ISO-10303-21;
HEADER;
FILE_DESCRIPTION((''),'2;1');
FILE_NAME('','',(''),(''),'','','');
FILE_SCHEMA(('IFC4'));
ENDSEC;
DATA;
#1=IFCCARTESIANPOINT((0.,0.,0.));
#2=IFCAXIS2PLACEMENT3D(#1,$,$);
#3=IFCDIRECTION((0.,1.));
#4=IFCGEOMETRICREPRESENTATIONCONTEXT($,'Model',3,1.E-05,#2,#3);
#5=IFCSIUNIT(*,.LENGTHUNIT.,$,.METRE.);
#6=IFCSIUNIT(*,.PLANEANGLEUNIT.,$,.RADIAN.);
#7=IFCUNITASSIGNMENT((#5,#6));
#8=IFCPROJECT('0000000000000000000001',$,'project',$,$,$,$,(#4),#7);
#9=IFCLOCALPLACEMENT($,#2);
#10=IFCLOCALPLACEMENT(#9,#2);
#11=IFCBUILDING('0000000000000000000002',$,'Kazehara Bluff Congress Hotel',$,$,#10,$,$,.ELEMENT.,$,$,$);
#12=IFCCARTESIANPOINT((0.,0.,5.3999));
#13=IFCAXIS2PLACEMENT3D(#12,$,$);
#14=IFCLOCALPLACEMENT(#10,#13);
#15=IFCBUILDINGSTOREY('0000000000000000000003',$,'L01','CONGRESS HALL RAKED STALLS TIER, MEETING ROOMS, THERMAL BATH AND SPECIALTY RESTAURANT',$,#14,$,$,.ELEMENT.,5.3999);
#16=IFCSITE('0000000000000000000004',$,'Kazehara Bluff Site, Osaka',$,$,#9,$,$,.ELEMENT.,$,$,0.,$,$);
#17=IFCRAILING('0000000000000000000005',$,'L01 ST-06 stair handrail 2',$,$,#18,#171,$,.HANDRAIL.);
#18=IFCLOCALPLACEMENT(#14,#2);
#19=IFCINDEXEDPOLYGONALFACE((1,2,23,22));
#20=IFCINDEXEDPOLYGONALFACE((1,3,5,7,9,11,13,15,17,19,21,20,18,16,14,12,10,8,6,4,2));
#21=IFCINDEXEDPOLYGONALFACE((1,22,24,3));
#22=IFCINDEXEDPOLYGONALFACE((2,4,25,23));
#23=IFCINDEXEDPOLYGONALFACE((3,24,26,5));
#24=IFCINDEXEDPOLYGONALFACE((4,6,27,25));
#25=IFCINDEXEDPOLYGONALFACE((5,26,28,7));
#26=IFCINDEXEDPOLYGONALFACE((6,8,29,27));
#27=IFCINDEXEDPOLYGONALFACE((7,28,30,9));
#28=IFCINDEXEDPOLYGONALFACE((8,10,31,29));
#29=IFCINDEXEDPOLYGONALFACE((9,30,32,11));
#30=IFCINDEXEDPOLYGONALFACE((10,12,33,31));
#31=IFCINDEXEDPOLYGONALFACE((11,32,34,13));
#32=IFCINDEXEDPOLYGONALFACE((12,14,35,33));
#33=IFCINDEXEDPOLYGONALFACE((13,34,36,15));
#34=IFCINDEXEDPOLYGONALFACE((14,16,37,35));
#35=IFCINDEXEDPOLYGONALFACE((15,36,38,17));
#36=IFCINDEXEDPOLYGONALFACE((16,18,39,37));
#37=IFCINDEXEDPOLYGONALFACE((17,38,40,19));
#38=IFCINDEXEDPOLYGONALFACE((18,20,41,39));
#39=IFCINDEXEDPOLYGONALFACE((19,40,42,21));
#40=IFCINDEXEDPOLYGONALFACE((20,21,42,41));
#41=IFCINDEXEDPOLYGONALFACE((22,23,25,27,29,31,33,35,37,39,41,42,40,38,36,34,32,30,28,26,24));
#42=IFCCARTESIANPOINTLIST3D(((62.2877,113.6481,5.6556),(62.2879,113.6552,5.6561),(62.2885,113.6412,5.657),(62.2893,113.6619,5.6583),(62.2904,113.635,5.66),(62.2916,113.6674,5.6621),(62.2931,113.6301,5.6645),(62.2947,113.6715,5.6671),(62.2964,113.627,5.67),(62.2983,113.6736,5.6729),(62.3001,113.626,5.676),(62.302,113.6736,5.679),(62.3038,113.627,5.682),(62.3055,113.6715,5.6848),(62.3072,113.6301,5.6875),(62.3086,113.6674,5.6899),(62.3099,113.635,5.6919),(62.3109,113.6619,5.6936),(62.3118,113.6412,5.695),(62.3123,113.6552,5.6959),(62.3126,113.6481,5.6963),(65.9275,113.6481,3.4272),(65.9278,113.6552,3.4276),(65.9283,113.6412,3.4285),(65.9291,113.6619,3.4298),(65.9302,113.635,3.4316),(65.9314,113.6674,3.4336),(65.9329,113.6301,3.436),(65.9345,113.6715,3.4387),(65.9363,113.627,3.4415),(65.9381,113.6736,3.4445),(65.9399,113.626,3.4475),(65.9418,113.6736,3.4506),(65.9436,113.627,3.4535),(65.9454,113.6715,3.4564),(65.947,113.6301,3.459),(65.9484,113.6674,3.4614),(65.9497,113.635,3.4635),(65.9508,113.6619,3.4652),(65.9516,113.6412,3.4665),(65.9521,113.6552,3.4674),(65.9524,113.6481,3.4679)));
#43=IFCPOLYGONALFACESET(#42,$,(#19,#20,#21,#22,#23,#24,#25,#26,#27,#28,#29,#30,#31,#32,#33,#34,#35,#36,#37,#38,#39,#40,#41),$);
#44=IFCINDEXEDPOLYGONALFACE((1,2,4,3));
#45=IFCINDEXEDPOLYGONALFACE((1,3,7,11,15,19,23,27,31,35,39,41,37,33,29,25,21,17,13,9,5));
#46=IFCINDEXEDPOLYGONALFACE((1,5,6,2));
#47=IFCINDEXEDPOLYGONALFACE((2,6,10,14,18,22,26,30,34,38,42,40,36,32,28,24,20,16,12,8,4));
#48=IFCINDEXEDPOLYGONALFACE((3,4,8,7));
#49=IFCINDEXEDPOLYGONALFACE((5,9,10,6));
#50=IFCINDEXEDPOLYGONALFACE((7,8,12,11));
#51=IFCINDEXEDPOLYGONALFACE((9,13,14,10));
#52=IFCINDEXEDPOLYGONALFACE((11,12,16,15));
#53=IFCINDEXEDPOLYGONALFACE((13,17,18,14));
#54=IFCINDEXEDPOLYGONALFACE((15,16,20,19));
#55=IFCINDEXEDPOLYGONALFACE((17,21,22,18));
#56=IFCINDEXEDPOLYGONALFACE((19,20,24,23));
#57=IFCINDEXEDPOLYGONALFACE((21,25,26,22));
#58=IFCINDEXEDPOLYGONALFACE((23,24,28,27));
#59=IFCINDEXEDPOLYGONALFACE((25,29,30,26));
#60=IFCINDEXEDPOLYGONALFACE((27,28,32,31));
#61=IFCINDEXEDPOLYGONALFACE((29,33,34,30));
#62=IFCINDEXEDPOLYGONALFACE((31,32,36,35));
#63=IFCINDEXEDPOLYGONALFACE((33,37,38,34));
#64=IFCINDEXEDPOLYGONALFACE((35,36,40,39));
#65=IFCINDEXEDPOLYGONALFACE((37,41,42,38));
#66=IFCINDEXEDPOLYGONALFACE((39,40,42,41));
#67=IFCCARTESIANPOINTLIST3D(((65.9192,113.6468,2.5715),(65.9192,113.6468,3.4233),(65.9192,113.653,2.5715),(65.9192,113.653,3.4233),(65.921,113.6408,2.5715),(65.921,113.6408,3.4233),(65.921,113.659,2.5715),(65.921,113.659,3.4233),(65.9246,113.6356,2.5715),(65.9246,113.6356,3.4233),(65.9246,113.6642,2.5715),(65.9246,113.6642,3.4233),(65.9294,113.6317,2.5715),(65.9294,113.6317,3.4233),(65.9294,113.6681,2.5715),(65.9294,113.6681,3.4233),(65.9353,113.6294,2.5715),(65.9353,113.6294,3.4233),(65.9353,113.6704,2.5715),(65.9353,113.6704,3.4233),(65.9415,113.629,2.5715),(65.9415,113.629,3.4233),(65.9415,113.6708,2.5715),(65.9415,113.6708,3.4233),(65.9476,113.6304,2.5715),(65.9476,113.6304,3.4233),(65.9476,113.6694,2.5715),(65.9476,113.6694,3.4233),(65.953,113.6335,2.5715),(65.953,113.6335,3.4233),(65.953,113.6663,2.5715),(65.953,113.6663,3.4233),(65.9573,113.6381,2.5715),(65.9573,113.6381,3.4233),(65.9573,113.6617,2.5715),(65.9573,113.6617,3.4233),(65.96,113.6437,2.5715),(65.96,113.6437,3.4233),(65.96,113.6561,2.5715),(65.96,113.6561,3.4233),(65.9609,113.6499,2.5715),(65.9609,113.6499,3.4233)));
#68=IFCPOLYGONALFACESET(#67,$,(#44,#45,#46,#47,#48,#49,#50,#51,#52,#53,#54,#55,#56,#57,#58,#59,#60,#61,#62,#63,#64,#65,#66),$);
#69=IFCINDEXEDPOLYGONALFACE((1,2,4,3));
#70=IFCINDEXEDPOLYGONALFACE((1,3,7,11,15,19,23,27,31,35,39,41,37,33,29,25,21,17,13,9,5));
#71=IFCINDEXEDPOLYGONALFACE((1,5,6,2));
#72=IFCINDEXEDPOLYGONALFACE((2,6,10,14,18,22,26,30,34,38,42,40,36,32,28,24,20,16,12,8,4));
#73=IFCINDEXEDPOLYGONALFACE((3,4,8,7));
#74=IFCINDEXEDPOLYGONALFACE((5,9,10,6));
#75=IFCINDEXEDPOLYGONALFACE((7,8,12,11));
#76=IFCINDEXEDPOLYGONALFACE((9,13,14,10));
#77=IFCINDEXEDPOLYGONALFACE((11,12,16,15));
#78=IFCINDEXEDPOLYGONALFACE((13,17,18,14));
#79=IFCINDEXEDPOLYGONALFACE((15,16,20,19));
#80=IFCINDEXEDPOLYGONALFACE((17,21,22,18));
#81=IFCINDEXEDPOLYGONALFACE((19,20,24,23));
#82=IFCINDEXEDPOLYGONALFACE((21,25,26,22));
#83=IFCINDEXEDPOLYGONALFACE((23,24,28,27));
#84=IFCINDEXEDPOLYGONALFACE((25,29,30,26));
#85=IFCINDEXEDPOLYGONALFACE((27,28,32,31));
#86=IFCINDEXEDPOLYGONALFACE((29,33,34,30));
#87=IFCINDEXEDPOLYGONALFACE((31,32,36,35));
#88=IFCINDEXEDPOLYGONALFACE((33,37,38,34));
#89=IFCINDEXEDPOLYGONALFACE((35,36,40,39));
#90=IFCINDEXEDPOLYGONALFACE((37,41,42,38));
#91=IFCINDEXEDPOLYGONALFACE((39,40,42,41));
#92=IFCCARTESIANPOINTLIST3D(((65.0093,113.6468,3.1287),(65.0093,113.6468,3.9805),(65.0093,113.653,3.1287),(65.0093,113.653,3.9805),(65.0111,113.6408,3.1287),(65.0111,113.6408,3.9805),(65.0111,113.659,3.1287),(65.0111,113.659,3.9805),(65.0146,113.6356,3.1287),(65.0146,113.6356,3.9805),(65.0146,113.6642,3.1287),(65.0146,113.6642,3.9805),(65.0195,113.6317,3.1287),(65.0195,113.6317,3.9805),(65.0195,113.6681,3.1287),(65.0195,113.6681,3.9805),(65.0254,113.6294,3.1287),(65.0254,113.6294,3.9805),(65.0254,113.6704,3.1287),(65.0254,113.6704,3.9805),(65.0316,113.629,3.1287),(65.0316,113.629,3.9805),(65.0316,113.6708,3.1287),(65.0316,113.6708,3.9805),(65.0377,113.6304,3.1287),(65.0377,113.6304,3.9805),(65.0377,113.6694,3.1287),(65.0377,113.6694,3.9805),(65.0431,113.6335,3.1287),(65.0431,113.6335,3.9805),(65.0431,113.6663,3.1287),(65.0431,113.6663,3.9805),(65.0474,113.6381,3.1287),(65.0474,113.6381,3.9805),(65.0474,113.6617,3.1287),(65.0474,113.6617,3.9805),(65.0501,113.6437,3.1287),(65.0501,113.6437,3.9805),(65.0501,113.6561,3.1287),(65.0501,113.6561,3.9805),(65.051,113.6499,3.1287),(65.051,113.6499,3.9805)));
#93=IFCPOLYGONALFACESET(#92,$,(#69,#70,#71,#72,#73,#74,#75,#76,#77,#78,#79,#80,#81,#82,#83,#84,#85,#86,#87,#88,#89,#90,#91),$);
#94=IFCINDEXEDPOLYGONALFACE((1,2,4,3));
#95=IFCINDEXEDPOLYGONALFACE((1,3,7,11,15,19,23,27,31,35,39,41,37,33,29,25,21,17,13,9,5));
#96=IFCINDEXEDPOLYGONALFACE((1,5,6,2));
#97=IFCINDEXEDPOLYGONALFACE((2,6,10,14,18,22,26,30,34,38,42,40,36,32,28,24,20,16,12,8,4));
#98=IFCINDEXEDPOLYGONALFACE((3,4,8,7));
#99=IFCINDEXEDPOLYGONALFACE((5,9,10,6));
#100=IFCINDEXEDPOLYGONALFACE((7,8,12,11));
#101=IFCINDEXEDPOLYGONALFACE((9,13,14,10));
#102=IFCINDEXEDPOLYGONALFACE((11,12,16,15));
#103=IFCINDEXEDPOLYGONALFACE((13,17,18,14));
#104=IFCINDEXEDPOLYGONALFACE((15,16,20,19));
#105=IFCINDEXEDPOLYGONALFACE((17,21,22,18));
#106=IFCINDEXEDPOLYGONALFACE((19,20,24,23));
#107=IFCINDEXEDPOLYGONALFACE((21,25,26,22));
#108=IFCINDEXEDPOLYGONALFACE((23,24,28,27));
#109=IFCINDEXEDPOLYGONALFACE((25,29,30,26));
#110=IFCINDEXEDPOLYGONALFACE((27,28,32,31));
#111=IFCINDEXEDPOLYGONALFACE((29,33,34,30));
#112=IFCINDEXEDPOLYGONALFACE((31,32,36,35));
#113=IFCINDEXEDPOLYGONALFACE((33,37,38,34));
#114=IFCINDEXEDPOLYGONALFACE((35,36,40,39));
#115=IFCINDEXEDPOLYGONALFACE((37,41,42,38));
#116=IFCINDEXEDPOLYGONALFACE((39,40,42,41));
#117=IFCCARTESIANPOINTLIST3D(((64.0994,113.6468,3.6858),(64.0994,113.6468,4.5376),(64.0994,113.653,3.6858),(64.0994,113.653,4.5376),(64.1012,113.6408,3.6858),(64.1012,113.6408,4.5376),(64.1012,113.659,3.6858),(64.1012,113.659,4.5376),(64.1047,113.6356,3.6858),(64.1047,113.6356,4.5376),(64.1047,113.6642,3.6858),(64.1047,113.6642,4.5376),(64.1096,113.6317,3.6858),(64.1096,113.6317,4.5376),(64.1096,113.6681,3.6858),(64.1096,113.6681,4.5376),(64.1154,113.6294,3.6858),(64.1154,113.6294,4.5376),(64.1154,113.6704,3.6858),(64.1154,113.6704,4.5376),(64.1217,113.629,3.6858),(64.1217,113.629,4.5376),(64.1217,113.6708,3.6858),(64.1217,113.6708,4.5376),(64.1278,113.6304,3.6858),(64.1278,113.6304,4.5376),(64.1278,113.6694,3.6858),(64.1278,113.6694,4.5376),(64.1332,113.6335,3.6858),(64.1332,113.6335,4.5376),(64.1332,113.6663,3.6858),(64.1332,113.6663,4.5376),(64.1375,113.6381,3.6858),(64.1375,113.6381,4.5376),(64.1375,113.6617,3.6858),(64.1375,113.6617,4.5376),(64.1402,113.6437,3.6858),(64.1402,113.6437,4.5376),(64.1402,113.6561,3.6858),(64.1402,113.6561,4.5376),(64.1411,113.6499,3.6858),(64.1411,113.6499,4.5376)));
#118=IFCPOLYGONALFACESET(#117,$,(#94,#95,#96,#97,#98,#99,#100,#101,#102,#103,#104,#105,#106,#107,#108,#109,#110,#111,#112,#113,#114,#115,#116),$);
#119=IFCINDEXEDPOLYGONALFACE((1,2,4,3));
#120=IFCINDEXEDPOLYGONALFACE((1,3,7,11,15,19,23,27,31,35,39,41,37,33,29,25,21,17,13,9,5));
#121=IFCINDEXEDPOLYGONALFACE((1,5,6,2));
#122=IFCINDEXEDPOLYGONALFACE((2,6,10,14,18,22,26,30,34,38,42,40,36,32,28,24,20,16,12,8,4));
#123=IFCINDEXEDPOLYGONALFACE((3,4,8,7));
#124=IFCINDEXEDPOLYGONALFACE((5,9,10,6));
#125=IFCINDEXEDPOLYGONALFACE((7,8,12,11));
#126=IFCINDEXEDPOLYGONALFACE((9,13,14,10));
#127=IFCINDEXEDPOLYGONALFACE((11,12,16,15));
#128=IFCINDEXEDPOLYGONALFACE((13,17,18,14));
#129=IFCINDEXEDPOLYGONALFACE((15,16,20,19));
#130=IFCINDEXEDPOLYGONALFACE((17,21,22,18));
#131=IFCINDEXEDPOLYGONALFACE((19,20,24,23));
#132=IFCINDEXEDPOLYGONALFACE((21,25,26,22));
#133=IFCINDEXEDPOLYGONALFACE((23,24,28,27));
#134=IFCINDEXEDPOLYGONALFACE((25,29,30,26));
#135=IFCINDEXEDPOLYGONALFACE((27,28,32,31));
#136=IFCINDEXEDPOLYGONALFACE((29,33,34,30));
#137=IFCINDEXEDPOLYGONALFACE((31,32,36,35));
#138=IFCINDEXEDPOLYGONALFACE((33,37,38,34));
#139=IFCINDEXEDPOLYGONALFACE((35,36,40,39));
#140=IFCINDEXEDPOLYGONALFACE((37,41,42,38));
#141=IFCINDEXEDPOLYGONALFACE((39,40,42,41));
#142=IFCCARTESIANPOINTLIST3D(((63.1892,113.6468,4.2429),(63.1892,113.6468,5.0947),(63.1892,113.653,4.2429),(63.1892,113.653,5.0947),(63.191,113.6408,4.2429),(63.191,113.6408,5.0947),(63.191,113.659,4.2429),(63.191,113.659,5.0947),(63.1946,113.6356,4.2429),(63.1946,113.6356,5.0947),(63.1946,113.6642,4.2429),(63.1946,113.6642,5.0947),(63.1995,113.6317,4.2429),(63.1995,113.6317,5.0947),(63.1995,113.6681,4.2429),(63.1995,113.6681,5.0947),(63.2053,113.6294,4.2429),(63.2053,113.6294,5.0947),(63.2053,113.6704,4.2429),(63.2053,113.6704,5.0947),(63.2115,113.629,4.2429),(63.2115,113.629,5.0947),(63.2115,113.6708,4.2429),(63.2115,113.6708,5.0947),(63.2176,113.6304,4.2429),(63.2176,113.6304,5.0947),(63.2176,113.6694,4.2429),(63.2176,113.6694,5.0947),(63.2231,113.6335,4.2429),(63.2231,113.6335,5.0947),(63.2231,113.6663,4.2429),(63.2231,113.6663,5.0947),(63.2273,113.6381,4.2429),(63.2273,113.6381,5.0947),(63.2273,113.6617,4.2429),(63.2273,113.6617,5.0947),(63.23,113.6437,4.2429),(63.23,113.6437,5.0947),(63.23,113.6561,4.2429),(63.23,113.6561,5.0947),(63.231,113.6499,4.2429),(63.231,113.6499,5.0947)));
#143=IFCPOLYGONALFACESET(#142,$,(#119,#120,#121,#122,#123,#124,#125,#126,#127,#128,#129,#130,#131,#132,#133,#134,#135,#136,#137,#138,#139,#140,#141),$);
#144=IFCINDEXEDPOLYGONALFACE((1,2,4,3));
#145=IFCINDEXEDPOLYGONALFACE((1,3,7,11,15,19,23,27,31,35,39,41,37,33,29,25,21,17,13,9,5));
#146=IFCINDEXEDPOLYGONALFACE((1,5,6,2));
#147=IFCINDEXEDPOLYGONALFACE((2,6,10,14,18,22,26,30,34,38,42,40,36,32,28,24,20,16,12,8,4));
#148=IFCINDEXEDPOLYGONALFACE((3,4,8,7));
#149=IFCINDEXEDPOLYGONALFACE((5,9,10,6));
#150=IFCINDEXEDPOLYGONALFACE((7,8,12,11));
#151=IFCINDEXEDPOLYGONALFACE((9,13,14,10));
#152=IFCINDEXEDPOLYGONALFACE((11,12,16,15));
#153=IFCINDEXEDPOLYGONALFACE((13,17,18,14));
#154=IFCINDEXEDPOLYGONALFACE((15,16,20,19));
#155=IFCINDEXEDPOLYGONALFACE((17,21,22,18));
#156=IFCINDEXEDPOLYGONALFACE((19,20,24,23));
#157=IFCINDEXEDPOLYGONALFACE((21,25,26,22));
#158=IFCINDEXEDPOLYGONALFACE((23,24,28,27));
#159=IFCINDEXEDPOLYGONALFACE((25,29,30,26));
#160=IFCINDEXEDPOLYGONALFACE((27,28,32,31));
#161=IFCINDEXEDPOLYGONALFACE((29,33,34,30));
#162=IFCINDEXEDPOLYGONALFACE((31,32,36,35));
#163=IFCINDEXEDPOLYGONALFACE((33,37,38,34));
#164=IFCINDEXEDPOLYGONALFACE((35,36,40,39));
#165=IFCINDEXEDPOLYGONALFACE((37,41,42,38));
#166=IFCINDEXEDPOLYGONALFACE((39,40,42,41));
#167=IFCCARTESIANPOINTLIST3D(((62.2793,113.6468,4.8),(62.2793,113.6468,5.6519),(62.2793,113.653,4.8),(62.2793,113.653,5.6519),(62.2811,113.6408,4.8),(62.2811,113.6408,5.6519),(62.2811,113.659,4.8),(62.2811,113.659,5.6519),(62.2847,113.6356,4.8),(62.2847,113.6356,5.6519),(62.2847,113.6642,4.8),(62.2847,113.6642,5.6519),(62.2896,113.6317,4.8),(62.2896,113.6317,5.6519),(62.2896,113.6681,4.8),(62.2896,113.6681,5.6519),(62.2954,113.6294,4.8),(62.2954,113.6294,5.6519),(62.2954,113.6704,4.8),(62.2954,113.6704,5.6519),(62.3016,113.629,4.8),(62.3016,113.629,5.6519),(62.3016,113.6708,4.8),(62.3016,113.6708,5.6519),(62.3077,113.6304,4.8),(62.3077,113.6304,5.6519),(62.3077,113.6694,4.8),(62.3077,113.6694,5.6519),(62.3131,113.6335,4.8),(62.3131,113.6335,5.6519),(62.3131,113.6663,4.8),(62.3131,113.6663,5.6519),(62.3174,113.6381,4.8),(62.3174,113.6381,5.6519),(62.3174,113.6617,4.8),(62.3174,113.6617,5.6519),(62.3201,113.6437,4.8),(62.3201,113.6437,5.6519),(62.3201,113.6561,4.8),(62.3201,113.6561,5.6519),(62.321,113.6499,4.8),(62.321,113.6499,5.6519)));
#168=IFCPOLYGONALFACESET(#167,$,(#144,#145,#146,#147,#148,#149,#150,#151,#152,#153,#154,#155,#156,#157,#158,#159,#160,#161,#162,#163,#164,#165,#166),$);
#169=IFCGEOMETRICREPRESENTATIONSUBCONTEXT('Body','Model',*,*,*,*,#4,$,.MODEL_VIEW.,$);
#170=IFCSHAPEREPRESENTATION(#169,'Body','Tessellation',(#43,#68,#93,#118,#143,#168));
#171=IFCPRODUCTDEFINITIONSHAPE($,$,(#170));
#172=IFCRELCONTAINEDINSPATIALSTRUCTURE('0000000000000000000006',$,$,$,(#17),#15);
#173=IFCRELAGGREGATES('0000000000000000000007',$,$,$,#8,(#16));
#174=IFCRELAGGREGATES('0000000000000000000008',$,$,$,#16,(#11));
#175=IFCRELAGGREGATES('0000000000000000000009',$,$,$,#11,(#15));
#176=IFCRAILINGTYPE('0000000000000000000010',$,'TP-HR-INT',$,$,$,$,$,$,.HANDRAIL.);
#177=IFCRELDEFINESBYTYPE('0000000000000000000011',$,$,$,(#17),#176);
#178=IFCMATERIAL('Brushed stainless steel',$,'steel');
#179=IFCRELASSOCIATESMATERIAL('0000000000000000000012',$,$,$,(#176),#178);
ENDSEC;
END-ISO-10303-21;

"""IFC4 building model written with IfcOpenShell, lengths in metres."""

from ifc_helpers import new_model, si_unit, direction, frame, origin, origin_2d, place, context, subcontext, project, spatial, circle, extrude, material, type_object, element, save


model = new_model("IFC4")

# Units and contexts
model_context = context("Model", 3, precision=1e-05, world=origin(), true_north=direction((0.0, 1.0)))
body_context = subcontext(model_context, "Body", "Model", "MODEL_VIEW")
ifc_project = project(units=[si_unit("LENGTHUNIT", "METRE"), si_unit("PLANEANGLEUNIT", "RADIAN")], contexts=[model_context])

# Site, building, storey
site_placement = place(None, origin())
site = spatial("IfcSite", under=ifc_project, at=site_placement, Name="Kazehara Bluff Site, Osaka", CompositionType="ELEMENT", RefElevation=0.0)
building_placement = place(site_placement, origin())
building = spatial("IfcBuilding", under=site, at=building_placement, Name="Kazehara Bluff Congress Hotel", CompositionType="ELEMENT")
storey_placement = place(building_placement, frame((0.0, 0.0, 5.3999)))
storey = spatial("IfcBuildingStorey", under=building, at=storey_placement, Name="L01", Description="CONGRESS HALL RAKED STALLS TIER, MEETING ROOMS, THERMAL BATH AND SPECIALTY RESTAURANT", CompositionType="ELEMENT", Elevation=5.3999)

# Railing
ifc_material_1 = material(Name="Brushed stainless steel", Category="steel")
railing_type_1 = type_object("IfcRailingType", Name="TP-HR-INT", PredefinedType="HANDRAIL", material=ifc_material_1)
railing_1_placement = place(storey_placement, frame((65.9399, 113.6499, 2.5715)))
element("IfcRailing", 1, at=railing_1_placement, inside=storey, type_object=railing_type_1, Name="L01 ST-06 stair handrail 2", PredefinedType="HANDRAIL", context=body_context, shape_type="SweptSolid", body=[
    extrude(circle(Radius=0.0239, at=origin_2d()), frame((0.0, 0.0, 0.876), z_axis=(-0.85285, 0.0, 0.522156), x_axis=(0.0, -1.0, 0.0)), (0.0, 0.0, 1.0), 4.2678),
    extrude(circle(Radius=0.021, at=origin_2d()), origin(), (0.0, 0.0, 1.0), 0.8518),
    extrude(circle(Radius=0.021, at=origin_2d()), frame((-0.9099, 0.0, 0.5571)), (0.0, 0.0, 1.0), 0.8518),
    extrude(circle(Radius=0.021, at=origin_2d()), frame((-1.8198, 0.0, 1.1143)), (0.0, 0.0, 1.0), 0.8518),
    extrude(circle(Radius=0.021, at=origin_2d()), frame((-2.73, 0.0, 1.6714)), (0.0, 0.0, 1.0), 0.8518),
    extrude(circle(Radius=0.021, at=origin_2d()), frame((-3.6399, 0.0, 2.2285)), (0.0, 0.0, 1.0), 0.8518),
])

save(model, "model.ifc")
